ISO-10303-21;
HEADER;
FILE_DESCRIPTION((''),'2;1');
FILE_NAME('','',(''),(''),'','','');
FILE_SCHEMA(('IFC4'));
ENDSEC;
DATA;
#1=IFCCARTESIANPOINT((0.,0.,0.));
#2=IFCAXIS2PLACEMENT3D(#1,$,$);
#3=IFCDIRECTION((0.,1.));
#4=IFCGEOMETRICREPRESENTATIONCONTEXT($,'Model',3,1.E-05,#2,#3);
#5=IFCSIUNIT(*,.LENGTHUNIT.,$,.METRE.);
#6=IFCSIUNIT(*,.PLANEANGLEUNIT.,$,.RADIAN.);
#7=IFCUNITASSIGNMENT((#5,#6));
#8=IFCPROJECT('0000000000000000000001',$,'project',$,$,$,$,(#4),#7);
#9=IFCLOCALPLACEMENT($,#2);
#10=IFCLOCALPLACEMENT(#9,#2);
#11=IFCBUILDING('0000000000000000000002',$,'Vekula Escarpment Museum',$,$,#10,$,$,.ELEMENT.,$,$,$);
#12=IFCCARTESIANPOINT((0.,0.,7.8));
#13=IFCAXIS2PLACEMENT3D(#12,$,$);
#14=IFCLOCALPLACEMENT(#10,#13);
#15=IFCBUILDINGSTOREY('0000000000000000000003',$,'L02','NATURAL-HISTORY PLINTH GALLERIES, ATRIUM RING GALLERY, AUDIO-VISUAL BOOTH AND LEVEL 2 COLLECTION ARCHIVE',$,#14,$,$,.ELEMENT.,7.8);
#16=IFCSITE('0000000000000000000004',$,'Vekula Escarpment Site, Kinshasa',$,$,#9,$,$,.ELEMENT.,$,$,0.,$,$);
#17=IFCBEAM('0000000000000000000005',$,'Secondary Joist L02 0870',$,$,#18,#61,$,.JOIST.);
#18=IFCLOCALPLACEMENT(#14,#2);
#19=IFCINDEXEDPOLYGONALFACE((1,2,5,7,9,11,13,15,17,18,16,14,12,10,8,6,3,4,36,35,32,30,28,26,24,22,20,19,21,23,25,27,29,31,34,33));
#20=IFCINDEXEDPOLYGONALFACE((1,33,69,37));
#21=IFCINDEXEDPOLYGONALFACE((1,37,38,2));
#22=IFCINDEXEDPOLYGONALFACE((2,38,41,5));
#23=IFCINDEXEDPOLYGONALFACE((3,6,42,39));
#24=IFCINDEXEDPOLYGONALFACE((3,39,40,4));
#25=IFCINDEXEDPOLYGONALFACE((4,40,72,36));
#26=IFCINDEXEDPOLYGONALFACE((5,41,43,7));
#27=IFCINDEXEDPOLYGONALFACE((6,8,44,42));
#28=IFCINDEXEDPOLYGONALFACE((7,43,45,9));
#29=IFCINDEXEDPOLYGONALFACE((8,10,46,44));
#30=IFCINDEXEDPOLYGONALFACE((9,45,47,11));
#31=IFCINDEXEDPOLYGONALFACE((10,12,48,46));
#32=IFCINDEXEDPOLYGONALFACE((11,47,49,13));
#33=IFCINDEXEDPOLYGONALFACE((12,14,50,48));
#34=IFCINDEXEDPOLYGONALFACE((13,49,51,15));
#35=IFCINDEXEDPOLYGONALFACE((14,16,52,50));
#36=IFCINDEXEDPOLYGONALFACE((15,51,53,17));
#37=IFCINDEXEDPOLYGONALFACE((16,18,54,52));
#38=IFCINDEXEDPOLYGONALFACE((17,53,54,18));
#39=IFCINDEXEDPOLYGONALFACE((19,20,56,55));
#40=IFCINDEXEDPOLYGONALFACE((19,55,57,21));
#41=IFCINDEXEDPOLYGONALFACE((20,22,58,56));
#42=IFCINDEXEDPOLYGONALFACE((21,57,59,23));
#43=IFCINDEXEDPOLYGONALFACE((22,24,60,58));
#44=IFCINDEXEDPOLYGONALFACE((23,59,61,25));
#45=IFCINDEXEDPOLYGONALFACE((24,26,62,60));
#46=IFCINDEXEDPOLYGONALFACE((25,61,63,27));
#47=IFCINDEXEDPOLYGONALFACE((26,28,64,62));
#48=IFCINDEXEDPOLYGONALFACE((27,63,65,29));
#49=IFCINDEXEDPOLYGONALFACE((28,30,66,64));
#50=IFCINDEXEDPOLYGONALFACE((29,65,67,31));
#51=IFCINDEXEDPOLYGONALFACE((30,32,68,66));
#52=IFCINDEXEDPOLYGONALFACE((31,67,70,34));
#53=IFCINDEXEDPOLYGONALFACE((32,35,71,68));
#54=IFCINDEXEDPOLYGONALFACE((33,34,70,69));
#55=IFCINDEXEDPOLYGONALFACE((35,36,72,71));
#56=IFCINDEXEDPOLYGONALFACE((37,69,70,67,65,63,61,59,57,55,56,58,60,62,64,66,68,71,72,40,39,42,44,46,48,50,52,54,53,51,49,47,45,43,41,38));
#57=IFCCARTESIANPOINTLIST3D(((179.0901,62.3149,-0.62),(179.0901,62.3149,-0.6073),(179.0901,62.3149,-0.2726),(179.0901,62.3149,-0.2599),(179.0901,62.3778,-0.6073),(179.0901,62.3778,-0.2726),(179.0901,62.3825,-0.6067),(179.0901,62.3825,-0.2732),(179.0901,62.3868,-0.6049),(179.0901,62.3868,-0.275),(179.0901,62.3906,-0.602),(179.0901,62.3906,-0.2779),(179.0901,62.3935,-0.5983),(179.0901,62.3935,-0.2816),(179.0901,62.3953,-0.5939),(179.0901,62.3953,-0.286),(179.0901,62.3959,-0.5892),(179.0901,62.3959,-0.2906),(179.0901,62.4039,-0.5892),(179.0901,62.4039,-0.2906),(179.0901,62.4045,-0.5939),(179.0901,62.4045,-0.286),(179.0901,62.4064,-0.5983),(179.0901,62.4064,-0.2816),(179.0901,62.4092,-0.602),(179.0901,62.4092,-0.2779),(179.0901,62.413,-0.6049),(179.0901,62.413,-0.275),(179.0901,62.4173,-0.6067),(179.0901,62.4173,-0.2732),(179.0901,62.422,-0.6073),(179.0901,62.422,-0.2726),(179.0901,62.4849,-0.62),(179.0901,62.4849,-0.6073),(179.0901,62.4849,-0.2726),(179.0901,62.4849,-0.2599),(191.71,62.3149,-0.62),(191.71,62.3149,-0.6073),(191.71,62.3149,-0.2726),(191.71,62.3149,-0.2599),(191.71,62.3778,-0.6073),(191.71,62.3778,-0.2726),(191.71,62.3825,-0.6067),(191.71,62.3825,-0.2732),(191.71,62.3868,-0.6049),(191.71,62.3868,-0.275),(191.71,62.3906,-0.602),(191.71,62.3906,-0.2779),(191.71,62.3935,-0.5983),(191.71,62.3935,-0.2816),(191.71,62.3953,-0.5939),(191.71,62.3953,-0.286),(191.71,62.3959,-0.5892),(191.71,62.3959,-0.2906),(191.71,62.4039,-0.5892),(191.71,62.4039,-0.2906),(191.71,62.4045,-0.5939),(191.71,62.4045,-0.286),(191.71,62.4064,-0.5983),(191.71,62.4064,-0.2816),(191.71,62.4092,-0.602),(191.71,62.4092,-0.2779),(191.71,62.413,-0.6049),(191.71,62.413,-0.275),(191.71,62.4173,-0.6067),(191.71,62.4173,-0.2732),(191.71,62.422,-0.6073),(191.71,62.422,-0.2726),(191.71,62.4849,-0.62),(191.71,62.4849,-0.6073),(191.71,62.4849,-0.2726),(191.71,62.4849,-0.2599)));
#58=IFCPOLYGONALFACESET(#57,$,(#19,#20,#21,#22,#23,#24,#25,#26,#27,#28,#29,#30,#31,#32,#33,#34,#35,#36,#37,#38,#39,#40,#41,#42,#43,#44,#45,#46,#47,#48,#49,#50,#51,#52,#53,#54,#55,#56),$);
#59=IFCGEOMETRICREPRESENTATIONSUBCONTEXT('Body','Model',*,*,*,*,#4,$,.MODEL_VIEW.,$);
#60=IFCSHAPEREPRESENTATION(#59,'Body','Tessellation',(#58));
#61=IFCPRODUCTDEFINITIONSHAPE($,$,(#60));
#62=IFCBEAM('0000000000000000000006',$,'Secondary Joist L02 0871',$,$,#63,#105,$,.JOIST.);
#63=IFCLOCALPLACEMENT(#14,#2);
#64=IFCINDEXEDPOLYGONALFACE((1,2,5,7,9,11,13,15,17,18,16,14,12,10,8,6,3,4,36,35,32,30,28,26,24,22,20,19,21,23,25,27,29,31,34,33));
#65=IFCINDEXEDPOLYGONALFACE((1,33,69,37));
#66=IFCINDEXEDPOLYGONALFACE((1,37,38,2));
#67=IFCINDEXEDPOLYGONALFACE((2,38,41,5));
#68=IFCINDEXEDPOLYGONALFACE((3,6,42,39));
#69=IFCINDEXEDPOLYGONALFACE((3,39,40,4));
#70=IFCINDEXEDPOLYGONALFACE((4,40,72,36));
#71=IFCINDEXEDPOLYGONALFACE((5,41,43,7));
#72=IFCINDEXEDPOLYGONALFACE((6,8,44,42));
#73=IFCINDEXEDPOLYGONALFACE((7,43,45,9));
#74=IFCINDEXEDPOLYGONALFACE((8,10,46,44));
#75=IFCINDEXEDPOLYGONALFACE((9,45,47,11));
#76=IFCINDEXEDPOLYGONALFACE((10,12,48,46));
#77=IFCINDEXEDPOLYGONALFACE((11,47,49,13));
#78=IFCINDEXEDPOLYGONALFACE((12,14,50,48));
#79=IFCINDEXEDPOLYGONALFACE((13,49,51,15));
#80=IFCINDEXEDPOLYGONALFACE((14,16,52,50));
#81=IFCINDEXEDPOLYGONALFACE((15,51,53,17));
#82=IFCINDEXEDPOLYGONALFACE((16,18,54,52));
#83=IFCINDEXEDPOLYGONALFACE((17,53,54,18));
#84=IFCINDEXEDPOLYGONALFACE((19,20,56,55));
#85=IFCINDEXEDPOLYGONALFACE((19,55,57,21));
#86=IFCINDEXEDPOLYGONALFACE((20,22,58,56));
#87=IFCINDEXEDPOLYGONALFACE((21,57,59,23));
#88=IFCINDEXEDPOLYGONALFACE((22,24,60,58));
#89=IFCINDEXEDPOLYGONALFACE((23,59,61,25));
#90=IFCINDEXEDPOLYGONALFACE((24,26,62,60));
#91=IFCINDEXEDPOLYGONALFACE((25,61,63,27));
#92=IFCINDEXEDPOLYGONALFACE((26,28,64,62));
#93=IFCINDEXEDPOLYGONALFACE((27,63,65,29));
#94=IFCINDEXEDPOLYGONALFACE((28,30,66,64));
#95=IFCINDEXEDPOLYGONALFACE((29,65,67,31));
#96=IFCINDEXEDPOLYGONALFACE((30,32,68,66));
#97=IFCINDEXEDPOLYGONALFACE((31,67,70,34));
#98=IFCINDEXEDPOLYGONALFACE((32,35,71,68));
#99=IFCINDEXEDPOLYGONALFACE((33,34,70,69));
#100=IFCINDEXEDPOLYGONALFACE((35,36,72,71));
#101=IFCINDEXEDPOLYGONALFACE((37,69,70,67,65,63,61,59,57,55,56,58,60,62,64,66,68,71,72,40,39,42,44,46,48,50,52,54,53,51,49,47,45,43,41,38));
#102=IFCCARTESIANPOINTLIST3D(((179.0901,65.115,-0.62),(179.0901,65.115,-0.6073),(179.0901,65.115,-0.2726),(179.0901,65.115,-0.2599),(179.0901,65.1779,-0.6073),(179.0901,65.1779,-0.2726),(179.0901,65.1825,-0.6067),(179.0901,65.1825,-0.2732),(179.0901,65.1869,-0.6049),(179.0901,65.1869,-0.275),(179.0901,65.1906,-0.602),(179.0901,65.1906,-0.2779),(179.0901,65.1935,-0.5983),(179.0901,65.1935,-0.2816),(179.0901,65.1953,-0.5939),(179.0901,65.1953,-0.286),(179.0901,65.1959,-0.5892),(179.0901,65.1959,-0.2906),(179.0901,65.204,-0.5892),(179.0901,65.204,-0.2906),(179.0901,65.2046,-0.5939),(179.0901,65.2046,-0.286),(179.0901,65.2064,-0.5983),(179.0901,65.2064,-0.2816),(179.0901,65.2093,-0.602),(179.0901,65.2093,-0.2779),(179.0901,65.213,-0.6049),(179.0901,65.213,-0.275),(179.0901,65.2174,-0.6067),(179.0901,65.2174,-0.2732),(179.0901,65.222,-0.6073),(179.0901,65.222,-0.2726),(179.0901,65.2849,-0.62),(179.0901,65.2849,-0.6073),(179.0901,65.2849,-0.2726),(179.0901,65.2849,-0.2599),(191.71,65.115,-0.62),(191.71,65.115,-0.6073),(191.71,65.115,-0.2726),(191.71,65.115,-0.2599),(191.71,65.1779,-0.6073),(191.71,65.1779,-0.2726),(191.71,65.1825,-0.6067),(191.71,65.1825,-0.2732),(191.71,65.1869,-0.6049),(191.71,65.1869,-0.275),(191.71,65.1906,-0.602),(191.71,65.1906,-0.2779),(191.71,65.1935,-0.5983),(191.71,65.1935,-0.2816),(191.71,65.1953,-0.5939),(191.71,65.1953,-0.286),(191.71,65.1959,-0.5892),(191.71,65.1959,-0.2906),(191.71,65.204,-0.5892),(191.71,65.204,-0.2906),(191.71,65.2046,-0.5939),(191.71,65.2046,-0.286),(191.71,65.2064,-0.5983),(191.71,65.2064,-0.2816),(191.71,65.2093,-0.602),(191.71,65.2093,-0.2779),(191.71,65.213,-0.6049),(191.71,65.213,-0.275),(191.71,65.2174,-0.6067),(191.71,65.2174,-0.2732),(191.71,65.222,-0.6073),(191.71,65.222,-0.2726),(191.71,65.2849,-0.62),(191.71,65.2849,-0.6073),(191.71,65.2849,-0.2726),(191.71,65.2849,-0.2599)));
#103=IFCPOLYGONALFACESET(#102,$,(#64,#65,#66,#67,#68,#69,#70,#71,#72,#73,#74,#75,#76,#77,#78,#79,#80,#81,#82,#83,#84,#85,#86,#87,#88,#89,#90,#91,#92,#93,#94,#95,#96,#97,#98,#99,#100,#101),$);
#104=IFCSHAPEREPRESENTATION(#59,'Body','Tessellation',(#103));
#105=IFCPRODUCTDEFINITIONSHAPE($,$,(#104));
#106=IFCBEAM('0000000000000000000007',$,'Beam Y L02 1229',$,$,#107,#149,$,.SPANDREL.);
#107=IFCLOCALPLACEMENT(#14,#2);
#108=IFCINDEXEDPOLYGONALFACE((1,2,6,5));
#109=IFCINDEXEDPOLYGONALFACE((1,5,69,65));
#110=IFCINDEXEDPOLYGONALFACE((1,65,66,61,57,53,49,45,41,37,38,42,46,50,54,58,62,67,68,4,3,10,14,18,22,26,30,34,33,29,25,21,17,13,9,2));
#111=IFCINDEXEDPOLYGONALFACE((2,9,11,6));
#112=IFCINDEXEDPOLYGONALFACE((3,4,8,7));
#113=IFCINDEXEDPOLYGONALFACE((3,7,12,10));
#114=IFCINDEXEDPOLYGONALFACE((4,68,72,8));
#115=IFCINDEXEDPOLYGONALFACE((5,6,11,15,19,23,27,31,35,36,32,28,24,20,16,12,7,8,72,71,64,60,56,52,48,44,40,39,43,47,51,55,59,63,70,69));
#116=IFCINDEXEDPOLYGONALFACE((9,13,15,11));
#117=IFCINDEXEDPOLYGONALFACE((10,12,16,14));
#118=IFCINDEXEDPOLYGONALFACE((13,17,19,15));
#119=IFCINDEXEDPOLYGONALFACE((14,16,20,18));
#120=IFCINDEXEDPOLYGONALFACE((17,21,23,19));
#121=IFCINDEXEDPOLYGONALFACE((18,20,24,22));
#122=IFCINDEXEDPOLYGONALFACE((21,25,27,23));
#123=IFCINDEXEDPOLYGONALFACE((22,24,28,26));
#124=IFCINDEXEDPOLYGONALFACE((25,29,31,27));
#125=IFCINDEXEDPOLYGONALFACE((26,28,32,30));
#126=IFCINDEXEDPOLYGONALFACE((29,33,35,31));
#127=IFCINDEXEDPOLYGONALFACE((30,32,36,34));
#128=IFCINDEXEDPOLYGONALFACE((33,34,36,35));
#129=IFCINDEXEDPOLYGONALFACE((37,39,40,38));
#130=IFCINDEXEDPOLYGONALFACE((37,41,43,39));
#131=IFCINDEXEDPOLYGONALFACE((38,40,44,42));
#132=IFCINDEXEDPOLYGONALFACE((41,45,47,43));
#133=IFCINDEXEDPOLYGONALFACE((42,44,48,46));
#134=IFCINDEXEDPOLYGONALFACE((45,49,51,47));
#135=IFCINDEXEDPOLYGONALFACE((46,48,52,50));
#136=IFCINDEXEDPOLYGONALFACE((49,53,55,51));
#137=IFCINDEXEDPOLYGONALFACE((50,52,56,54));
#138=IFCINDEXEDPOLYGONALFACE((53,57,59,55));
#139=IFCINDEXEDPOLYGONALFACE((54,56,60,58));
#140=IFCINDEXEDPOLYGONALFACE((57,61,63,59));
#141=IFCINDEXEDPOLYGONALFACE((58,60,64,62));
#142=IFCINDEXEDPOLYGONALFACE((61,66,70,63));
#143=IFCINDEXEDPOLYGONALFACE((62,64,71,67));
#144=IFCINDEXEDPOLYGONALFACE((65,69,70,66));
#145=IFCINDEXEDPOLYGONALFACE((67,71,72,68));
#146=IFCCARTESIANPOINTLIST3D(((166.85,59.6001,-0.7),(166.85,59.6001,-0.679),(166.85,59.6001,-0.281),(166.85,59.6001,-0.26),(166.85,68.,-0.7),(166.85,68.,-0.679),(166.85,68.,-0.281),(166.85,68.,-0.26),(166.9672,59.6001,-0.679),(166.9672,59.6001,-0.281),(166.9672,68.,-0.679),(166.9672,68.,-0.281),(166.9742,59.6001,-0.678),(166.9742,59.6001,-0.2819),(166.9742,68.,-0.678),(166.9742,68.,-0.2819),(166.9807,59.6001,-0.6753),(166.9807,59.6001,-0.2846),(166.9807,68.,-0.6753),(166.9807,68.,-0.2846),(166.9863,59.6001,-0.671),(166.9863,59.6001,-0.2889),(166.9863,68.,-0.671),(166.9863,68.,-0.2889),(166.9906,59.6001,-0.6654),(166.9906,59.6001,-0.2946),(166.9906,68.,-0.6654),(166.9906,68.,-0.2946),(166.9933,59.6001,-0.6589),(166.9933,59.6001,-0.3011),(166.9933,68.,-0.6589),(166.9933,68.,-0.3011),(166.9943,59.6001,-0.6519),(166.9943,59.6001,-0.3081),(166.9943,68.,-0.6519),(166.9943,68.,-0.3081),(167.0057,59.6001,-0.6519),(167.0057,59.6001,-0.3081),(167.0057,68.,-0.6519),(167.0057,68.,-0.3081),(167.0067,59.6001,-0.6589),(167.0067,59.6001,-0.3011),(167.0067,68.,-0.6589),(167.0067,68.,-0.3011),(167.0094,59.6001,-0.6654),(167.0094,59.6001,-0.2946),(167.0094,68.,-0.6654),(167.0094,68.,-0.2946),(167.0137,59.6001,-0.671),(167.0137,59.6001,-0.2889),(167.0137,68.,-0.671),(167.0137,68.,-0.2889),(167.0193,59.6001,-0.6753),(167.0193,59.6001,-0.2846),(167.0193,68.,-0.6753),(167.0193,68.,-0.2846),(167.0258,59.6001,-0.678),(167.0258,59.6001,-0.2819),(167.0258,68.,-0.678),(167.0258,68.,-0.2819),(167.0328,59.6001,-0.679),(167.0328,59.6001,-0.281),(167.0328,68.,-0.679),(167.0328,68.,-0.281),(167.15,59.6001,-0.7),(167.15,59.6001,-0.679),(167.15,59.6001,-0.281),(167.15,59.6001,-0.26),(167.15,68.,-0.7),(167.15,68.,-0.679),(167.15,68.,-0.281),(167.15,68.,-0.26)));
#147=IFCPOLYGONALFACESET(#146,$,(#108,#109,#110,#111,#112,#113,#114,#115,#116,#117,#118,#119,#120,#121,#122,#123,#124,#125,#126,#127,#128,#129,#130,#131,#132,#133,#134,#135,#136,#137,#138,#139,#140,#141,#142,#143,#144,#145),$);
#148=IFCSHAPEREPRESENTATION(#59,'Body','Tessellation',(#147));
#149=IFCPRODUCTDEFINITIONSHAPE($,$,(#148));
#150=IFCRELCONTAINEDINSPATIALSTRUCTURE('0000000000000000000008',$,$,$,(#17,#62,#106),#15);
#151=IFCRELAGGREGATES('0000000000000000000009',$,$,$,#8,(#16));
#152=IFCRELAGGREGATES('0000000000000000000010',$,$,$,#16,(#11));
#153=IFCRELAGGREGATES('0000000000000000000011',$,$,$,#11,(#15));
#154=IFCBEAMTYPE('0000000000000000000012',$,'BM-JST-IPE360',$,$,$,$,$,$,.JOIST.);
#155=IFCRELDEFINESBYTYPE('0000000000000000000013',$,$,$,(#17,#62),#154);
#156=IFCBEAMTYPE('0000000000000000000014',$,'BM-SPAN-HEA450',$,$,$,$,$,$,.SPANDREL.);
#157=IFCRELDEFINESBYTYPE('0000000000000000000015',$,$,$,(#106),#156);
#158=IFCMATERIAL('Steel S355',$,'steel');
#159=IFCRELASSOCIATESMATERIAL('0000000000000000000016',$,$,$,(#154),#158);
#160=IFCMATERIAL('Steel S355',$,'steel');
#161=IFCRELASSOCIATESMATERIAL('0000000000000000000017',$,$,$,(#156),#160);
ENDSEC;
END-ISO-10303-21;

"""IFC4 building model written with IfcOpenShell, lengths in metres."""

from ifc_helpers import new_model, si_unit, direction, frame, origin, origin_2d, place, context, subcontext, project, spatial, i_section, extrude, material, material_profile, profile_set, type_object, element, save


model = new_model("IFC4")

# Units and contexts
model_context = context("Model", 3, precision=1e-05, world=origin(), true_north=direction((0.0, 1.0)))
body_context = subcontext(model_context, "Body", "Model", "MODEL_VIEW")
ifc_project = project(units=[si_unit("LENGTHUNIT", "METRE"), si_unit("PLANEANGLEUNIT", "RADIAN")], contexts=[model_context])

# Site, building, storey
site_placement = place(None, origin())
site = spatial("IfcSite", under=ifc_project, at=site_placement, Name="Vekula Escarpment Site, Kinshasa", CompositionType="ELEMENT", RefElevation=0.0)
building_placement = place(site_placement, origin())
building = spatial("IfcBuilding", under=site, at=building_placement, Name="Vekula Escarpment Museum", CompositionType="ELEMENT")
storey_placement = place(building_placement, frame((0.0, 0.0, 7.8)))
storey = spatial("IfcBuildingStorey", under=building, at=storey_placement, Name="L02", Description="NATURAL-HISTORY PLINTH GALLERIES, ATRIUM RING GALLERY, AUDIO-VISUAL BOOTH AND LEVEL 2 COLLECTION ARCHIVE", CompositionType="ELEMENT", Elevation=7.8)

# Beams
ifc_material_1 = material(Name="Steel S355", Category="steel")
ifc_material_profile_1 = material_profile(ifc_material_1, i_section(OverallWidth=0.1699, OverallDepth=0.3601, WebThickness=0.0081, FlangeThickness=0.0127, FilletRadius=0.0181, at=origin_2d()), Name="IPE 360")
ifc_profile_set_1 = profile_set([ifc_material_profile_1], Name="Steel S355")
beam_type_1 = type_object("IfcBeamType", Name="BM-JST-IPE360", PredefinedType="JOIST", material=ifc_profile_set_1)
for number, where, z_axis, x_axis, name in (
    (1, (179.0901, 62.3999, -0.4399), (1.0, 0.0, 0.0), (0.0, 1.0, 0.0), "Secondary Joist L02 0870"),
    (2, (179.0901, 65.2, -0.4399), (1.0, 0.0, 0.0), (0.0, 1.0, 0.0), "Secondary Joist L02 0871"),
):
    element("IfcBeam", number, at=place(storey_placement, frame(where, z_axis=z_axis, x_axis=x_axis)), inside=storey, type_object=beam_type_1, Name=name, PredefinedType="JOIST", context=body_context, shape_type="SweptSolid", body=[
        extrude(i_section(OverallWidth=0.1699, OverallDepth=0.3601, WebThickness=0.0081, FlangeThickness=0.0127, FilletRadius=0.0181, at=origin_2d()), origin(), (0.0, 0.0, 1.0), 12.6199),
    ])
ifc_material_2 = material(Name="Steel S355", Category="steel")
ifc_material_profile_2 = material_profile(ifc_material_2, i_section(OverallWidth=0.3, OverallDepth=0.4399, WebThickness=0.0115, FlangeThickness=0.021, FilletRadius=0.0271, at=origin_2d()), Name="HEA 450")
ifc_profile_set_2 = profile_set([ifc_material_profile_2], Name="Steel S355")
beam_type_2 = type_object("IfcBeamType", Name="BM-SPAN-HEA450", PredefinedType="SPANDREL", material=ifc_profile_set_2)
beam_1_placement = place(storey_placement, frame((167.0, 59.6001, -0.48), z_axis=(0.0, 1.0, 0.0), x_axis=(-1.0, 0.0, 0.0)))
element("IfcBeam", 3, at=beam_1_placement, inside=storey, type_object=beam_type_2, Name="Beam Y L02 1229", PredefinedType="SPANDREL", context=body_context, shape_type="SweptSolid", body=[
    extrude(i_section(OverallWidth=0.3, OverallDepth=0.4399, WebThickness=0.0115, FlangeThickness=0.021, FilletRadius=0.0271, at=origin_2d()), origin(), (0.0, 0.0, 1.0), 8.3999),
])

save(model, "model.ifc")
